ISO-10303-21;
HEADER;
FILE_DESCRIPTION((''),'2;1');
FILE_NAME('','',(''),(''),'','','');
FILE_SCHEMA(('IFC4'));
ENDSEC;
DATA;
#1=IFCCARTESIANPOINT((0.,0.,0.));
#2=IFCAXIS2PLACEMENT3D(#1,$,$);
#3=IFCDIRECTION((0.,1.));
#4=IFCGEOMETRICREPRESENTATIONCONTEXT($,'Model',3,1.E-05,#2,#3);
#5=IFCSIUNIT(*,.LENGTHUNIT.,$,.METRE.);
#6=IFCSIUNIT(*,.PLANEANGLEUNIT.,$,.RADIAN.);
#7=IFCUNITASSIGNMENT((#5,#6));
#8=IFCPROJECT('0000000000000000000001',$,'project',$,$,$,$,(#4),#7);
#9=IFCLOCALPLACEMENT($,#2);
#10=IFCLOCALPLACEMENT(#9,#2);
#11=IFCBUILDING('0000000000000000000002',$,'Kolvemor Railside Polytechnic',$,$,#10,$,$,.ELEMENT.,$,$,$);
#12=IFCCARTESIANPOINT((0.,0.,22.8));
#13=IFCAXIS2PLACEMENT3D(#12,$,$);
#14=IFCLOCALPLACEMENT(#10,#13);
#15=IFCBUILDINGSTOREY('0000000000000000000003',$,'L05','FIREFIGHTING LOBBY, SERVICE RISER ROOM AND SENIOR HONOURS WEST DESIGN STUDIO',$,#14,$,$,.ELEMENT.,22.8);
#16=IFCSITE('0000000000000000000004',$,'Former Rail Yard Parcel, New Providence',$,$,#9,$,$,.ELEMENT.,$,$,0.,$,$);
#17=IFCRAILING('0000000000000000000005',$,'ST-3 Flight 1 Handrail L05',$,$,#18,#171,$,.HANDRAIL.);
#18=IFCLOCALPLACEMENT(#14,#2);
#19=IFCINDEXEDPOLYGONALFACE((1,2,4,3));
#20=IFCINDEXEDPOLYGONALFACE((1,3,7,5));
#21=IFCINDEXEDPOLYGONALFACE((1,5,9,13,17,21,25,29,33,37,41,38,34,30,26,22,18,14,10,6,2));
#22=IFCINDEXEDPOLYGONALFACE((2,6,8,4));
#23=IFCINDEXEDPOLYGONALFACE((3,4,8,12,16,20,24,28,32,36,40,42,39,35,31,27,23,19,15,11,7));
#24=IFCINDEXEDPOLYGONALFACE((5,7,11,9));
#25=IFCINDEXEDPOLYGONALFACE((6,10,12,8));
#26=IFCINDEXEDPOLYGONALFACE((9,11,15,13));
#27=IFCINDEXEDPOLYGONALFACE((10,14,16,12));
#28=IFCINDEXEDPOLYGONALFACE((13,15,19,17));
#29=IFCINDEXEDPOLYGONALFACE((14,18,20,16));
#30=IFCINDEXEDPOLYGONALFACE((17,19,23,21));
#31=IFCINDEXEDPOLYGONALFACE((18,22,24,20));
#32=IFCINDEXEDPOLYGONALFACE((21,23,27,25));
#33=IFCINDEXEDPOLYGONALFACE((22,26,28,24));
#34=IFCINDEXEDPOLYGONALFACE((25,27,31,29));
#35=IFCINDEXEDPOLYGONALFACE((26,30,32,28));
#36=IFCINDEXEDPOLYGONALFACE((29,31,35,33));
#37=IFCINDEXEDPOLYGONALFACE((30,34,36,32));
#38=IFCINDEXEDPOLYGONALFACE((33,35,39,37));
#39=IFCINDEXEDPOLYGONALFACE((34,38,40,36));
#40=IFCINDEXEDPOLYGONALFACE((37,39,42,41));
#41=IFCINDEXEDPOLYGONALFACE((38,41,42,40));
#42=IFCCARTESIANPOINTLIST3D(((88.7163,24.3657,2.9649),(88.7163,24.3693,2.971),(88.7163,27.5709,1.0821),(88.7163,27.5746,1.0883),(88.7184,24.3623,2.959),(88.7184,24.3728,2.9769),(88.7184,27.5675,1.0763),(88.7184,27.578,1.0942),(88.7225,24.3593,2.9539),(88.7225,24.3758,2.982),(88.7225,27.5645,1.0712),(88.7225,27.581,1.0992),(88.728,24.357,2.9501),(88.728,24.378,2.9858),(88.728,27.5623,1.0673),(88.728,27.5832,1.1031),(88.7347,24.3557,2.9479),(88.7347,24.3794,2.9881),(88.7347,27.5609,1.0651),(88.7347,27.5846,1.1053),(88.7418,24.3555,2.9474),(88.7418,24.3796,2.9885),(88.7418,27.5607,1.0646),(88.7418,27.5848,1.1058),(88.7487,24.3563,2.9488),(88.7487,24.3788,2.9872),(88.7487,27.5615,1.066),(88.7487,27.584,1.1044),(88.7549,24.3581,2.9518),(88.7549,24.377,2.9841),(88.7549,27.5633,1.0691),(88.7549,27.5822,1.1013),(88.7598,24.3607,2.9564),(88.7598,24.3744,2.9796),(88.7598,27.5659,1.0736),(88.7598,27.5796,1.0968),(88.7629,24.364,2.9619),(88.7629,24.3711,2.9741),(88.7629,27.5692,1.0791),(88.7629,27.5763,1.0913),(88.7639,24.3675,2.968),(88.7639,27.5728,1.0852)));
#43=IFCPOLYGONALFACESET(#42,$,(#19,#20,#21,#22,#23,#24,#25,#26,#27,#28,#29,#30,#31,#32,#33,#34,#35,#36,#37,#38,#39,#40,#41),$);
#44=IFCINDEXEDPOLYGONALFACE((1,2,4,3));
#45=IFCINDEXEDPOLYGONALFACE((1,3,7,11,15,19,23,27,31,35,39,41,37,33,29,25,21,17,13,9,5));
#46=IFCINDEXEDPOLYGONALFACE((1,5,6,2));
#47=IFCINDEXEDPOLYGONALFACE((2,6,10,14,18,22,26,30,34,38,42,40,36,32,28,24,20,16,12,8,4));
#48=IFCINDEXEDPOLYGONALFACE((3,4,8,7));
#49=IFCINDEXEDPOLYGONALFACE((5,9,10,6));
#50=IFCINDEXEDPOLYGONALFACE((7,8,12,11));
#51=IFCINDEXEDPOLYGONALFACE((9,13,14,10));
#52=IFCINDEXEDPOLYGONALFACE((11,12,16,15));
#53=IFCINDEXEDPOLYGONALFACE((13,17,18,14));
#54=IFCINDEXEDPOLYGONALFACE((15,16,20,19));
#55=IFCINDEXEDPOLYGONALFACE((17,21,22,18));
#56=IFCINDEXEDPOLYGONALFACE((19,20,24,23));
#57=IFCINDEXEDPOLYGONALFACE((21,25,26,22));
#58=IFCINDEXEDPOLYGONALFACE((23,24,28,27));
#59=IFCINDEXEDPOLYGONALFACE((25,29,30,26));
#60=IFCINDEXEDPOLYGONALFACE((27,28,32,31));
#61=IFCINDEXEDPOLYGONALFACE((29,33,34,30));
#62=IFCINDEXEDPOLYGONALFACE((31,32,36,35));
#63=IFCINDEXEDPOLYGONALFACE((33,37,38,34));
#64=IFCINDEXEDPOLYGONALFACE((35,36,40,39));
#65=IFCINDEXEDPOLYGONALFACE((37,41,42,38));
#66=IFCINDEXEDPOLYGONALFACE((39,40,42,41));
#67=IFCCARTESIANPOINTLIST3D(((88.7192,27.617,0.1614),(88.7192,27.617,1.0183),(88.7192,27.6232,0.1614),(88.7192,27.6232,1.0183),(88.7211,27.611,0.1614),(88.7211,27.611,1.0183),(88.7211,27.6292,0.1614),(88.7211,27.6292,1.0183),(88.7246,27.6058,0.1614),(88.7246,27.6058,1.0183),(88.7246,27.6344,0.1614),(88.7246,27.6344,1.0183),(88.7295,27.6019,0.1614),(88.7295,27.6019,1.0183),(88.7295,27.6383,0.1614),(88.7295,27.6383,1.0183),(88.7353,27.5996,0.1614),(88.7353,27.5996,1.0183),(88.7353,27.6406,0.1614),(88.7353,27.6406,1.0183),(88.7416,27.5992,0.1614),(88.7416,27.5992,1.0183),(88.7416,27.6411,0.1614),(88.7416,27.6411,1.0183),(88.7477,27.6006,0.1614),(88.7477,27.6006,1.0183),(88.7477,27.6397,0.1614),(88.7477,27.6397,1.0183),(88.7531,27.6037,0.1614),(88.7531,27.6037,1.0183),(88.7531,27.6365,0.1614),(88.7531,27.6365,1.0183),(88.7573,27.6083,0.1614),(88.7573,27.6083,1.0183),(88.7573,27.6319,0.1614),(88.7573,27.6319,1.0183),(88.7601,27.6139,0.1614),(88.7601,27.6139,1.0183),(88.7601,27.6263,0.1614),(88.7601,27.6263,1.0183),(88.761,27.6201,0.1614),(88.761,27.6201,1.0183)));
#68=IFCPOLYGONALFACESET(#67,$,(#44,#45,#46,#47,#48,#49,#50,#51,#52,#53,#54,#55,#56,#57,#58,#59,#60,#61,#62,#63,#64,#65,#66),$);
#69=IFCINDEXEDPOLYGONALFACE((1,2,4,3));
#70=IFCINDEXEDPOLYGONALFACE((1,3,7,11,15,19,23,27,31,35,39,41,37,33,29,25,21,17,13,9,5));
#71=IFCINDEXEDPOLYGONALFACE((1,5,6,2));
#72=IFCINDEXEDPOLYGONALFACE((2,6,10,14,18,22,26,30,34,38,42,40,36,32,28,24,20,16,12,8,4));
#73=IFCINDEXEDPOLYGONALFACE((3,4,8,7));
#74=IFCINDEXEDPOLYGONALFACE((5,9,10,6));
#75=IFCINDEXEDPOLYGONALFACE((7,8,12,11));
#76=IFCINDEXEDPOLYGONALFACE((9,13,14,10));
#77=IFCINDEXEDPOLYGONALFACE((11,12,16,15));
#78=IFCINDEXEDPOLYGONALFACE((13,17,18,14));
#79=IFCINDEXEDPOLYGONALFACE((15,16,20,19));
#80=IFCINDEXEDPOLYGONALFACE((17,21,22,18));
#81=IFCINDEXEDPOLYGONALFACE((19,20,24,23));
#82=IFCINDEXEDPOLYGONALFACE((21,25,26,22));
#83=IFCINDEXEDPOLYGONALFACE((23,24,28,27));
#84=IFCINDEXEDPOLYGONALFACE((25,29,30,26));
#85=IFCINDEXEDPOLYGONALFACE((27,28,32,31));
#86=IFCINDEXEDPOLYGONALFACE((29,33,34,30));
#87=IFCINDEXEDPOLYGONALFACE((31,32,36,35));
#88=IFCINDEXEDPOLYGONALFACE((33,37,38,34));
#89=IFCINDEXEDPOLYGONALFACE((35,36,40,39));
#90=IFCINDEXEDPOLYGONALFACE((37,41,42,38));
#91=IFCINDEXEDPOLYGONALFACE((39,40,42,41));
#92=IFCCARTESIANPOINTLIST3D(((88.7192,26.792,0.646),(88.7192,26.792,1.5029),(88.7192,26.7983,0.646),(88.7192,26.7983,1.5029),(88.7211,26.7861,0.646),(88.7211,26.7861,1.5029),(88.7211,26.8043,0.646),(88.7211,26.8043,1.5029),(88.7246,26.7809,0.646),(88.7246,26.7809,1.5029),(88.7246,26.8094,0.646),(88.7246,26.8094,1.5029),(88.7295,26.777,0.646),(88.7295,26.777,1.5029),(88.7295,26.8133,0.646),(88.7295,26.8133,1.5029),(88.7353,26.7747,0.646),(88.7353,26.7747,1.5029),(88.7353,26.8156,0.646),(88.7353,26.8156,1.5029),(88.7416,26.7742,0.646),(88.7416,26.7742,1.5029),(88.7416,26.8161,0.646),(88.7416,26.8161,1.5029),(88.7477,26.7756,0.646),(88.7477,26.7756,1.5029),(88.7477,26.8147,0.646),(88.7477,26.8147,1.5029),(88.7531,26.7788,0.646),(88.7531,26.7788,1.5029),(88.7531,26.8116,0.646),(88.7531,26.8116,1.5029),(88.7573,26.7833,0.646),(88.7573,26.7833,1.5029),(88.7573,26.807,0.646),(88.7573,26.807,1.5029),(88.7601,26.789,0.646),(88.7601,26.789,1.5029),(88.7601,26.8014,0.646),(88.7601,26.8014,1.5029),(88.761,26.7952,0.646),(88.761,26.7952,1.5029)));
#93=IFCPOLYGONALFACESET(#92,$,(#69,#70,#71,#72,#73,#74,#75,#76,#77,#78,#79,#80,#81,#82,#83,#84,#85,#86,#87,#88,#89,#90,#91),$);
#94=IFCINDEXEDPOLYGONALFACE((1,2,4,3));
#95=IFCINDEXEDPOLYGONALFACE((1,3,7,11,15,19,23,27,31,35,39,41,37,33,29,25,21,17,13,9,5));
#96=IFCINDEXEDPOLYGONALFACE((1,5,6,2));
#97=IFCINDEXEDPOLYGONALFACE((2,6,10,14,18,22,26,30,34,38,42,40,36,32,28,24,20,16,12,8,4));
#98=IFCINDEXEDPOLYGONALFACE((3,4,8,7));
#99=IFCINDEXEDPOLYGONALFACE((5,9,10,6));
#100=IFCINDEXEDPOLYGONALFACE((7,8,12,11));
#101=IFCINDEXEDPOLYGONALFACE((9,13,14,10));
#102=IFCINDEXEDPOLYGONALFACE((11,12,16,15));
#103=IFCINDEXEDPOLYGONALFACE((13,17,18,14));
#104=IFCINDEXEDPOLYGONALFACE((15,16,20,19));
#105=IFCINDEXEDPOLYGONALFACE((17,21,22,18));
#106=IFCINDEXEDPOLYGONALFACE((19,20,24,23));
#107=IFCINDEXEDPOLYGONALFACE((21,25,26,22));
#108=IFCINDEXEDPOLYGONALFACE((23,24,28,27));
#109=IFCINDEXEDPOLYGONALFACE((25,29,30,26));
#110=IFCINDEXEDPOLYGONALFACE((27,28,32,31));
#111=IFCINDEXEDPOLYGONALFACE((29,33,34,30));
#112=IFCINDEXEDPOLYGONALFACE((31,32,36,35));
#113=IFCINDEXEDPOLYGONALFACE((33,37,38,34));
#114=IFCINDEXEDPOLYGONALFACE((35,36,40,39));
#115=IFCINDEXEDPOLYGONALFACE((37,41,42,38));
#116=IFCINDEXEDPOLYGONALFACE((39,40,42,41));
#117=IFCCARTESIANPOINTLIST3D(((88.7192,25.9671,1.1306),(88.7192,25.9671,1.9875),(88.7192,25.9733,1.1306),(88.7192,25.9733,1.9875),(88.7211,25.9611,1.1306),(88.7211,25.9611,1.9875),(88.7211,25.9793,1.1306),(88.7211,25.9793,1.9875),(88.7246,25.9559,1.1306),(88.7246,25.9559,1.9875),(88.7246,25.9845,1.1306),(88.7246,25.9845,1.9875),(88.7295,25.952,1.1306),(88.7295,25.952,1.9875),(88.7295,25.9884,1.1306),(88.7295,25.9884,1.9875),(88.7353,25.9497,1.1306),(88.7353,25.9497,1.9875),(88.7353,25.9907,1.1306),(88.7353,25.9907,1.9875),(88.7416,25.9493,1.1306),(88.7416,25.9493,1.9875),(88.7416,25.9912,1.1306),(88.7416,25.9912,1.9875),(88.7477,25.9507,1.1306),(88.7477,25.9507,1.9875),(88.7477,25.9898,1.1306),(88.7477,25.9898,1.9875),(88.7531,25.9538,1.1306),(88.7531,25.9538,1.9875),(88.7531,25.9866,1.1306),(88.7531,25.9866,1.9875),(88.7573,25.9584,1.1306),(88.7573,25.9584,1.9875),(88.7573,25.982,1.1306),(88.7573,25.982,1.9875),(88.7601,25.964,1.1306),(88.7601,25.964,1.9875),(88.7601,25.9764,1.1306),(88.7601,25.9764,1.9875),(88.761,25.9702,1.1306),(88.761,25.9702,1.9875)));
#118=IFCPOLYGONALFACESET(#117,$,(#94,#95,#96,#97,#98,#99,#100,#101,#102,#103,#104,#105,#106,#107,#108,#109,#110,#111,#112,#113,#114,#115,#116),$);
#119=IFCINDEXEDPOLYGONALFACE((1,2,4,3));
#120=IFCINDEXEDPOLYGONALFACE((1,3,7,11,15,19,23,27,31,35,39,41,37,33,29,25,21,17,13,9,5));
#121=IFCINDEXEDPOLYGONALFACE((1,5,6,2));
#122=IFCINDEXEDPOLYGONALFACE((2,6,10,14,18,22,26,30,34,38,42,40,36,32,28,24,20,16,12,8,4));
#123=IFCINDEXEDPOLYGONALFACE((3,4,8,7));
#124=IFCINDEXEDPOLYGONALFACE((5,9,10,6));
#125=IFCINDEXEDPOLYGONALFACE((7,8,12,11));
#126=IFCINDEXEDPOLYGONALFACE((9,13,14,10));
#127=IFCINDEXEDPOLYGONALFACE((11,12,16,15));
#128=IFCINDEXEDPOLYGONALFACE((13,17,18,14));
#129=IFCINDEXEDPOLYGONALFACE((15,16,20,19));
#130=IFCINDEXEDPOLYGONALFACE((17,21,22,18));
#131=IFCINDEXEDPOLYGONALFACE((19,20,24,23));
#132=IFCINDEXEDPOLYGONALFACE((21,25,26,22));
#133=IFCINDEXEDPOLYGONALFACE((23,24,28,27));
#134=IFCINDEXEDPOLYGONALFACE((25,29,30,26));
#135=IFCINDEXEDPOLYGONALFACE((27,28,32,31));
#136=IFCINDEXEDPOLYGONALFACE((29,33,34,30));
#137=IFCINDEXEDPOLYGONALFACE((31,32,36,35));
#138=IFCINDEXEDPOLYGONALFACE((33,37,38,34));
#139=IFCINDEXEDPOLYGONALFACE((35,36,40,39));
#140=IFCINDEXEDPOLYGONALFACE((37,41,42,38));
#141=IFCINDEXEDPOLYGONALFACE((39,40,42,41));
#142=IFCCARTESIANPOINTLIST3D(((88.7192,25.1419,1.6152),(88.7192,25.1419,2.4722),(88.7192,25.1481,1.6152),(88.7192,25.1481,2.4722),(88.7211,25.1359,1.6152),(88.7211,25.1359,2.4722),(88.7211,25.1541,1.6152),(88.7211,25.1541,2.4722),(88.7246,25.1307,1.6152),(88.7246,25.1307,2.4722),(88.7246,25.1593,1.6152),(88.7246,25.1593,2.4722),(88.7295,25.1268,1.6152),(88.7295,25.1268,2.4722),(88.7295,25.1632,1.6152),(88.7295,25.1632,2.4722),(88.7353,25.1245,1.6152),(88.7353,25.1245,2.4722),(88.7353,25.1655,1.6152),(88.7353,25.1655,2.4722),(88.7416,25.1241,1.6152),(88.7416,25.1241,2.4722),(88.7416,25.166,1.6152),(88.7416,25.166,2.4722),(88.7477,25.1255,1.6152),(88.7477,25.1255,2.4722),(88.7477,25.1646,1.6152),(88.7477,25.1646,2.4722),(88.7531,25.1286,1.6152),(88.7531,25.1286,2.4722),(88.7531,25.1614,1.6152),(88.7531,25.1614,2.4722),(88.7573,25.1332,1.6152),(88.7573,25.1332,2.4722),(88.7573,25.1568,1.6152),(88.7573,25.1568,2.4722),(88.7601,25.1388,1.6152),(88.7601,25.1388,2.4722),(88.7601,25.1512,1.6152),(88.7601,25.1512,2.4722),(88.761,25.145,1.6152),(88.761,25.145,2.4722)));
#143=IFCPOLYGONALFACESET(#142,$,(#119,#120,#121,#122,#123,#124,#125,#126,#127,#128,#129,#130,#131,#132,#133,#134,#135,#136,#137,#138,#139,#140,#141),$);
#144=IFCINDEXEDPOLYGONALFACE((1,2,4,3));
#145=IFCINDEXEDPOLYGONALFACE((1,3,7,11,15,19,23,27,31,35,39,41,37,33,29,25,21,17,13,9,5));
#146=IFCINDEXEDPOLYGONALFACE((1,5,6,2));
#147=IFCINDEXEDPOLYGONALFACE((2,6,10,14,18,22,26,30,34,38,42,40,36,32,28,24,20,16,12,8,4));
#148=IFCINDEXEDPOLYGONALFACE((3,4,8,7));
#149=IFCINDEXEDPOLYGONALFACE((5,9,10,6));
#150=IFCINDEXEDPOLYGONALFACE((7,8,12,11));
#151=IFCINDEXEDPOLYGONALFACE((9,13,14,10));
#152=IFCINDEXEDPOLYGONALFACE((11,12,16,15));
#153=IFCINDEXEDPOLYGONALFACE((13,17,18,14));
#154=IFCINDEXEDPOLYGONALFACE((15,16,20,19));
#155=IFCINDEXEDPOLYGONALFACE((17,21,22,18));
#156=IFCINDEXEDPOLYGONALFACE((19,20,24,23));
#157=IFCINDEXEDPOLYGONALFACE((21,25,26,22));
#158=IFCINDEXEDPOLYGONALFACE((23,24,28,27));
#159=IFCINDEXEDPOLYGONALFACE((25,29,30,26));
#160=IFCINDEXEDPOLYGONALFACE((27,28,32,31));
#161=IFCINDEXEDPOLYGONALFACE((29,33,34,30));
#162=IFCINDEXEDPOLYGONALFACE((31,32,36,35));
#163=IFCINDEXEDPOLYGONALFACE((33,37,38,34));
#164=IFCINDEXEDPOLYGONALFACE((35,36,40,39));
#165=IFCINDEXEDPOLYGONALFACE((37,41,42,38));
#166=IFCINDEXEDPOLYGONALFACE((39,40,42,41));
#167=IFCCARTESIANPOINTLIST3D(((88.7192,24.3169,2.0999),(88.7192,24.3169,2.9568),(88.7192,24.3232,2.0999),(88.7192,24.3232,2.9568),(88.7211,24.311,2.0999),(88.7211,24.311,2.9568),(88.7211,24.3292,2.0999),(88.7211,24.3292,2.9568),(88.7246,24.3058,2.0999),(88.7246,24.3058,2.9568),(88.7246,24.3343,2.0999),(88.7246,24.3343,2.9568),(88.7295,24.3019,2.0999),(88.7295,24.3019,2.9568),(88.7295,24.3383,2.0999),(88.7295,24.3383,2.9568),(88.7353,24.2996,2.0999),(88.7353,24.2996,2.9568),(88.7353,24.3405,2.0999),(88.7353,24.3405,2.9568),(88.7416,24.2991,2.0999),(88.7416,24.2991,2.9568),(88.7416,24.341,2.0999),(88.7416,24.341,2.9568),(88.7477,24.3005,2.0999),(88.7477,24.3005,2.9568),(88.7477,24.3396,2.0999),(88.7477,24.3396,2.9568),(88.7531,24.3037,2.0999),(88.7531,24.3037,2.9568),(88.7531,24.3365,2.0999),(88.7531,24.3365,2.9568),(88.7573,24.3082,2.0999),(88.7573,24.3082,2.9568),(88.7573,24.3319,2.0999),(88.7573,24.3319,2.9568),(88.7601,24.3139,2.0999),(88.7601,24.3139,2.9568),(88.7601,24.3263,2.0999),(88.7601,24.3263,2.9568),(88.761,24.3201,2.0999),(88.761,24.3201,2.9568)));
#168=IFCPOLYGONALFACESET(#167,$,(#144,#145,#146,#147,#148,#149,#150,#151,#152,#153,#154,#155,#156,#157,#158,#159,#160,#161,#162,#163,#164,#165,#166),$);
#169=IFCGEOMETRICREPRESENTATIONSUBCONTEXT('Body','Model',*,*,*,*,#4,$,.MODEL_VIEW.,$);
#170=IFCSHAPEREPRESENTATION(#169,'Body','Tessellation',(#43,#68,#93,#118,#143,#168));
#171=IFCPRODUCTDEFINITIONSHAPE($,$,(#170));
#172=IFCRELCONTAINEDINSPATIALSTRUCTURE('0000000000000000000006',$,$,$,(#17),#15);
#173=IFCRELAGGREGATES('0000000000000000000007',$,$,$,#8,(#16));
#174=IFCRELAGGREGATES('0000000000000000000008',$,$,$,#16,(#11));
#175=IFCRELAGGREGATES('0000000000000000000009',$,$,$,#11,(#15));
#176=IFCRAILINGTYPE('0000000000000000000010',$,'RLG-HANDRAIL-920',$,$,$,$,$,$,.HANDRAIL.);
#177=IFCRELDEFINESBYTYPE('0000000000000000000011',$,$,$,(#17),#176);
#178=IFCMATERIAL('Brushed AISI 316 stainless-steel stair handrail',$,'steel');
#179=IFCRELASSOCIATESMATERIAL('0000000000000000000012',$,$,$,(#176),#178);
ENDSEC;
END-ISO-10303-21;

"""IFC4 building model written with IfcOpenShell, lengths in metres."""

from ifc_helpers import new_model, si_unit, direction, frame, origin, origin_2d, place, context, subcontext, project, spatial, circle, extrude, material, type_object, element, save


model = new_model("IFC4")

# Units and contexts
model_context = context("Model", 3, precision=1e-05, world=origin(), true_north=direction((0.0, 1.0)))
body_context = subcontext(model_context, "Body", "Model", "MODEL_VIEW")
ifc_project = project(units=[si_unit("LENGTHUNIT", "METRE"), si_unit("PLANEANGLEUNIT", "RADIAN")], contexts=[model_context])

# Site, building, storey
site_placement = place(None, origin())
site = spatial("IfcSite", under=ifc_project, at=site_placement, Name="Former Rail Yard Parcel, New Providence", CompositionType="ELEMENT", RefElevation=0.0)
building_placement = place(site_placement, origin())
building = spatial("IfcBuilding", under=site, at=building_placement, Name="Kolvemor Railside Polytechnic", CompositionType="ELEMENT")
storey_placement = place(building_placement, frame((0.0, 0.0, 22.8)))
storey = spatial("IfcBuildingStorey", under=building, at=storey_placement, Name="L05", Description="FIREFIGHTING LOBBY, SERVICE RISER ROOM AND SENIOR HONOURS WEST DESIGN STUDIO", CompositionType="ELEMENT", Elevation=22.8)

# Railing
ifc_material_1 = material(Name="Brushed AISI 316 stainless-steel stair handrail", Category="steel")
railing_type_1 = type_object("IfcRailingType", Name="RLG-HANDRAIL-920", PredefinedType="HANDRAIL", material=ifc_material_1)
railing_1_placement = place(storey_placement, frame((88.74, 27.6201, 0.1614)))
element("IfcRailing", 1, at=railing_1_placement, inside=storey, type_object=railing_type_1, Name="ST-3 Flight 1 Handrail L05", PredefinedType="HANDRAIL", context=body_context, shape_type="SweptSolid", body=[
    extrude(circle(Radius=0.0239, at=origin_2d()), frame((0.0, -0.0474, 0.9238), z_axis=(0.0, -0.862246, 0.50649), x_axis=(1.0, 0.0, 0.0)), (0.0, 0.0, 1.0), 3.7173),
    extrude(circle(Radius=0.021, at=origin_2d()), origin(), (0.0, 0.0, 1.0), 0.8569),
    extrude(circle(Radius=0.021, at=origin_2d()), frame((0.0, -0.825, 0.4846)), (0.0, 0.0, 1.0), 0.8569),
    extrude(circle(Radius=0.021, at=origin_2d()), frame((0.0, -1.6499, 0.9692)), (0.0, 0.0, 1.0), 0.8569),
    extrude(circle(Radius=0.021, at=origin_2d()), frame((0.0, -2.4751, 1.4539)), (0.0, 0.0, 1.0), 0.8569),
    extrude(circle(Radius=0.021, at=origin_2d()), frame((0.0, -3.3, 1.9385)), (0.0, 0.0, 1.0), 0.8569),
])

save(model, "model.ifc")
